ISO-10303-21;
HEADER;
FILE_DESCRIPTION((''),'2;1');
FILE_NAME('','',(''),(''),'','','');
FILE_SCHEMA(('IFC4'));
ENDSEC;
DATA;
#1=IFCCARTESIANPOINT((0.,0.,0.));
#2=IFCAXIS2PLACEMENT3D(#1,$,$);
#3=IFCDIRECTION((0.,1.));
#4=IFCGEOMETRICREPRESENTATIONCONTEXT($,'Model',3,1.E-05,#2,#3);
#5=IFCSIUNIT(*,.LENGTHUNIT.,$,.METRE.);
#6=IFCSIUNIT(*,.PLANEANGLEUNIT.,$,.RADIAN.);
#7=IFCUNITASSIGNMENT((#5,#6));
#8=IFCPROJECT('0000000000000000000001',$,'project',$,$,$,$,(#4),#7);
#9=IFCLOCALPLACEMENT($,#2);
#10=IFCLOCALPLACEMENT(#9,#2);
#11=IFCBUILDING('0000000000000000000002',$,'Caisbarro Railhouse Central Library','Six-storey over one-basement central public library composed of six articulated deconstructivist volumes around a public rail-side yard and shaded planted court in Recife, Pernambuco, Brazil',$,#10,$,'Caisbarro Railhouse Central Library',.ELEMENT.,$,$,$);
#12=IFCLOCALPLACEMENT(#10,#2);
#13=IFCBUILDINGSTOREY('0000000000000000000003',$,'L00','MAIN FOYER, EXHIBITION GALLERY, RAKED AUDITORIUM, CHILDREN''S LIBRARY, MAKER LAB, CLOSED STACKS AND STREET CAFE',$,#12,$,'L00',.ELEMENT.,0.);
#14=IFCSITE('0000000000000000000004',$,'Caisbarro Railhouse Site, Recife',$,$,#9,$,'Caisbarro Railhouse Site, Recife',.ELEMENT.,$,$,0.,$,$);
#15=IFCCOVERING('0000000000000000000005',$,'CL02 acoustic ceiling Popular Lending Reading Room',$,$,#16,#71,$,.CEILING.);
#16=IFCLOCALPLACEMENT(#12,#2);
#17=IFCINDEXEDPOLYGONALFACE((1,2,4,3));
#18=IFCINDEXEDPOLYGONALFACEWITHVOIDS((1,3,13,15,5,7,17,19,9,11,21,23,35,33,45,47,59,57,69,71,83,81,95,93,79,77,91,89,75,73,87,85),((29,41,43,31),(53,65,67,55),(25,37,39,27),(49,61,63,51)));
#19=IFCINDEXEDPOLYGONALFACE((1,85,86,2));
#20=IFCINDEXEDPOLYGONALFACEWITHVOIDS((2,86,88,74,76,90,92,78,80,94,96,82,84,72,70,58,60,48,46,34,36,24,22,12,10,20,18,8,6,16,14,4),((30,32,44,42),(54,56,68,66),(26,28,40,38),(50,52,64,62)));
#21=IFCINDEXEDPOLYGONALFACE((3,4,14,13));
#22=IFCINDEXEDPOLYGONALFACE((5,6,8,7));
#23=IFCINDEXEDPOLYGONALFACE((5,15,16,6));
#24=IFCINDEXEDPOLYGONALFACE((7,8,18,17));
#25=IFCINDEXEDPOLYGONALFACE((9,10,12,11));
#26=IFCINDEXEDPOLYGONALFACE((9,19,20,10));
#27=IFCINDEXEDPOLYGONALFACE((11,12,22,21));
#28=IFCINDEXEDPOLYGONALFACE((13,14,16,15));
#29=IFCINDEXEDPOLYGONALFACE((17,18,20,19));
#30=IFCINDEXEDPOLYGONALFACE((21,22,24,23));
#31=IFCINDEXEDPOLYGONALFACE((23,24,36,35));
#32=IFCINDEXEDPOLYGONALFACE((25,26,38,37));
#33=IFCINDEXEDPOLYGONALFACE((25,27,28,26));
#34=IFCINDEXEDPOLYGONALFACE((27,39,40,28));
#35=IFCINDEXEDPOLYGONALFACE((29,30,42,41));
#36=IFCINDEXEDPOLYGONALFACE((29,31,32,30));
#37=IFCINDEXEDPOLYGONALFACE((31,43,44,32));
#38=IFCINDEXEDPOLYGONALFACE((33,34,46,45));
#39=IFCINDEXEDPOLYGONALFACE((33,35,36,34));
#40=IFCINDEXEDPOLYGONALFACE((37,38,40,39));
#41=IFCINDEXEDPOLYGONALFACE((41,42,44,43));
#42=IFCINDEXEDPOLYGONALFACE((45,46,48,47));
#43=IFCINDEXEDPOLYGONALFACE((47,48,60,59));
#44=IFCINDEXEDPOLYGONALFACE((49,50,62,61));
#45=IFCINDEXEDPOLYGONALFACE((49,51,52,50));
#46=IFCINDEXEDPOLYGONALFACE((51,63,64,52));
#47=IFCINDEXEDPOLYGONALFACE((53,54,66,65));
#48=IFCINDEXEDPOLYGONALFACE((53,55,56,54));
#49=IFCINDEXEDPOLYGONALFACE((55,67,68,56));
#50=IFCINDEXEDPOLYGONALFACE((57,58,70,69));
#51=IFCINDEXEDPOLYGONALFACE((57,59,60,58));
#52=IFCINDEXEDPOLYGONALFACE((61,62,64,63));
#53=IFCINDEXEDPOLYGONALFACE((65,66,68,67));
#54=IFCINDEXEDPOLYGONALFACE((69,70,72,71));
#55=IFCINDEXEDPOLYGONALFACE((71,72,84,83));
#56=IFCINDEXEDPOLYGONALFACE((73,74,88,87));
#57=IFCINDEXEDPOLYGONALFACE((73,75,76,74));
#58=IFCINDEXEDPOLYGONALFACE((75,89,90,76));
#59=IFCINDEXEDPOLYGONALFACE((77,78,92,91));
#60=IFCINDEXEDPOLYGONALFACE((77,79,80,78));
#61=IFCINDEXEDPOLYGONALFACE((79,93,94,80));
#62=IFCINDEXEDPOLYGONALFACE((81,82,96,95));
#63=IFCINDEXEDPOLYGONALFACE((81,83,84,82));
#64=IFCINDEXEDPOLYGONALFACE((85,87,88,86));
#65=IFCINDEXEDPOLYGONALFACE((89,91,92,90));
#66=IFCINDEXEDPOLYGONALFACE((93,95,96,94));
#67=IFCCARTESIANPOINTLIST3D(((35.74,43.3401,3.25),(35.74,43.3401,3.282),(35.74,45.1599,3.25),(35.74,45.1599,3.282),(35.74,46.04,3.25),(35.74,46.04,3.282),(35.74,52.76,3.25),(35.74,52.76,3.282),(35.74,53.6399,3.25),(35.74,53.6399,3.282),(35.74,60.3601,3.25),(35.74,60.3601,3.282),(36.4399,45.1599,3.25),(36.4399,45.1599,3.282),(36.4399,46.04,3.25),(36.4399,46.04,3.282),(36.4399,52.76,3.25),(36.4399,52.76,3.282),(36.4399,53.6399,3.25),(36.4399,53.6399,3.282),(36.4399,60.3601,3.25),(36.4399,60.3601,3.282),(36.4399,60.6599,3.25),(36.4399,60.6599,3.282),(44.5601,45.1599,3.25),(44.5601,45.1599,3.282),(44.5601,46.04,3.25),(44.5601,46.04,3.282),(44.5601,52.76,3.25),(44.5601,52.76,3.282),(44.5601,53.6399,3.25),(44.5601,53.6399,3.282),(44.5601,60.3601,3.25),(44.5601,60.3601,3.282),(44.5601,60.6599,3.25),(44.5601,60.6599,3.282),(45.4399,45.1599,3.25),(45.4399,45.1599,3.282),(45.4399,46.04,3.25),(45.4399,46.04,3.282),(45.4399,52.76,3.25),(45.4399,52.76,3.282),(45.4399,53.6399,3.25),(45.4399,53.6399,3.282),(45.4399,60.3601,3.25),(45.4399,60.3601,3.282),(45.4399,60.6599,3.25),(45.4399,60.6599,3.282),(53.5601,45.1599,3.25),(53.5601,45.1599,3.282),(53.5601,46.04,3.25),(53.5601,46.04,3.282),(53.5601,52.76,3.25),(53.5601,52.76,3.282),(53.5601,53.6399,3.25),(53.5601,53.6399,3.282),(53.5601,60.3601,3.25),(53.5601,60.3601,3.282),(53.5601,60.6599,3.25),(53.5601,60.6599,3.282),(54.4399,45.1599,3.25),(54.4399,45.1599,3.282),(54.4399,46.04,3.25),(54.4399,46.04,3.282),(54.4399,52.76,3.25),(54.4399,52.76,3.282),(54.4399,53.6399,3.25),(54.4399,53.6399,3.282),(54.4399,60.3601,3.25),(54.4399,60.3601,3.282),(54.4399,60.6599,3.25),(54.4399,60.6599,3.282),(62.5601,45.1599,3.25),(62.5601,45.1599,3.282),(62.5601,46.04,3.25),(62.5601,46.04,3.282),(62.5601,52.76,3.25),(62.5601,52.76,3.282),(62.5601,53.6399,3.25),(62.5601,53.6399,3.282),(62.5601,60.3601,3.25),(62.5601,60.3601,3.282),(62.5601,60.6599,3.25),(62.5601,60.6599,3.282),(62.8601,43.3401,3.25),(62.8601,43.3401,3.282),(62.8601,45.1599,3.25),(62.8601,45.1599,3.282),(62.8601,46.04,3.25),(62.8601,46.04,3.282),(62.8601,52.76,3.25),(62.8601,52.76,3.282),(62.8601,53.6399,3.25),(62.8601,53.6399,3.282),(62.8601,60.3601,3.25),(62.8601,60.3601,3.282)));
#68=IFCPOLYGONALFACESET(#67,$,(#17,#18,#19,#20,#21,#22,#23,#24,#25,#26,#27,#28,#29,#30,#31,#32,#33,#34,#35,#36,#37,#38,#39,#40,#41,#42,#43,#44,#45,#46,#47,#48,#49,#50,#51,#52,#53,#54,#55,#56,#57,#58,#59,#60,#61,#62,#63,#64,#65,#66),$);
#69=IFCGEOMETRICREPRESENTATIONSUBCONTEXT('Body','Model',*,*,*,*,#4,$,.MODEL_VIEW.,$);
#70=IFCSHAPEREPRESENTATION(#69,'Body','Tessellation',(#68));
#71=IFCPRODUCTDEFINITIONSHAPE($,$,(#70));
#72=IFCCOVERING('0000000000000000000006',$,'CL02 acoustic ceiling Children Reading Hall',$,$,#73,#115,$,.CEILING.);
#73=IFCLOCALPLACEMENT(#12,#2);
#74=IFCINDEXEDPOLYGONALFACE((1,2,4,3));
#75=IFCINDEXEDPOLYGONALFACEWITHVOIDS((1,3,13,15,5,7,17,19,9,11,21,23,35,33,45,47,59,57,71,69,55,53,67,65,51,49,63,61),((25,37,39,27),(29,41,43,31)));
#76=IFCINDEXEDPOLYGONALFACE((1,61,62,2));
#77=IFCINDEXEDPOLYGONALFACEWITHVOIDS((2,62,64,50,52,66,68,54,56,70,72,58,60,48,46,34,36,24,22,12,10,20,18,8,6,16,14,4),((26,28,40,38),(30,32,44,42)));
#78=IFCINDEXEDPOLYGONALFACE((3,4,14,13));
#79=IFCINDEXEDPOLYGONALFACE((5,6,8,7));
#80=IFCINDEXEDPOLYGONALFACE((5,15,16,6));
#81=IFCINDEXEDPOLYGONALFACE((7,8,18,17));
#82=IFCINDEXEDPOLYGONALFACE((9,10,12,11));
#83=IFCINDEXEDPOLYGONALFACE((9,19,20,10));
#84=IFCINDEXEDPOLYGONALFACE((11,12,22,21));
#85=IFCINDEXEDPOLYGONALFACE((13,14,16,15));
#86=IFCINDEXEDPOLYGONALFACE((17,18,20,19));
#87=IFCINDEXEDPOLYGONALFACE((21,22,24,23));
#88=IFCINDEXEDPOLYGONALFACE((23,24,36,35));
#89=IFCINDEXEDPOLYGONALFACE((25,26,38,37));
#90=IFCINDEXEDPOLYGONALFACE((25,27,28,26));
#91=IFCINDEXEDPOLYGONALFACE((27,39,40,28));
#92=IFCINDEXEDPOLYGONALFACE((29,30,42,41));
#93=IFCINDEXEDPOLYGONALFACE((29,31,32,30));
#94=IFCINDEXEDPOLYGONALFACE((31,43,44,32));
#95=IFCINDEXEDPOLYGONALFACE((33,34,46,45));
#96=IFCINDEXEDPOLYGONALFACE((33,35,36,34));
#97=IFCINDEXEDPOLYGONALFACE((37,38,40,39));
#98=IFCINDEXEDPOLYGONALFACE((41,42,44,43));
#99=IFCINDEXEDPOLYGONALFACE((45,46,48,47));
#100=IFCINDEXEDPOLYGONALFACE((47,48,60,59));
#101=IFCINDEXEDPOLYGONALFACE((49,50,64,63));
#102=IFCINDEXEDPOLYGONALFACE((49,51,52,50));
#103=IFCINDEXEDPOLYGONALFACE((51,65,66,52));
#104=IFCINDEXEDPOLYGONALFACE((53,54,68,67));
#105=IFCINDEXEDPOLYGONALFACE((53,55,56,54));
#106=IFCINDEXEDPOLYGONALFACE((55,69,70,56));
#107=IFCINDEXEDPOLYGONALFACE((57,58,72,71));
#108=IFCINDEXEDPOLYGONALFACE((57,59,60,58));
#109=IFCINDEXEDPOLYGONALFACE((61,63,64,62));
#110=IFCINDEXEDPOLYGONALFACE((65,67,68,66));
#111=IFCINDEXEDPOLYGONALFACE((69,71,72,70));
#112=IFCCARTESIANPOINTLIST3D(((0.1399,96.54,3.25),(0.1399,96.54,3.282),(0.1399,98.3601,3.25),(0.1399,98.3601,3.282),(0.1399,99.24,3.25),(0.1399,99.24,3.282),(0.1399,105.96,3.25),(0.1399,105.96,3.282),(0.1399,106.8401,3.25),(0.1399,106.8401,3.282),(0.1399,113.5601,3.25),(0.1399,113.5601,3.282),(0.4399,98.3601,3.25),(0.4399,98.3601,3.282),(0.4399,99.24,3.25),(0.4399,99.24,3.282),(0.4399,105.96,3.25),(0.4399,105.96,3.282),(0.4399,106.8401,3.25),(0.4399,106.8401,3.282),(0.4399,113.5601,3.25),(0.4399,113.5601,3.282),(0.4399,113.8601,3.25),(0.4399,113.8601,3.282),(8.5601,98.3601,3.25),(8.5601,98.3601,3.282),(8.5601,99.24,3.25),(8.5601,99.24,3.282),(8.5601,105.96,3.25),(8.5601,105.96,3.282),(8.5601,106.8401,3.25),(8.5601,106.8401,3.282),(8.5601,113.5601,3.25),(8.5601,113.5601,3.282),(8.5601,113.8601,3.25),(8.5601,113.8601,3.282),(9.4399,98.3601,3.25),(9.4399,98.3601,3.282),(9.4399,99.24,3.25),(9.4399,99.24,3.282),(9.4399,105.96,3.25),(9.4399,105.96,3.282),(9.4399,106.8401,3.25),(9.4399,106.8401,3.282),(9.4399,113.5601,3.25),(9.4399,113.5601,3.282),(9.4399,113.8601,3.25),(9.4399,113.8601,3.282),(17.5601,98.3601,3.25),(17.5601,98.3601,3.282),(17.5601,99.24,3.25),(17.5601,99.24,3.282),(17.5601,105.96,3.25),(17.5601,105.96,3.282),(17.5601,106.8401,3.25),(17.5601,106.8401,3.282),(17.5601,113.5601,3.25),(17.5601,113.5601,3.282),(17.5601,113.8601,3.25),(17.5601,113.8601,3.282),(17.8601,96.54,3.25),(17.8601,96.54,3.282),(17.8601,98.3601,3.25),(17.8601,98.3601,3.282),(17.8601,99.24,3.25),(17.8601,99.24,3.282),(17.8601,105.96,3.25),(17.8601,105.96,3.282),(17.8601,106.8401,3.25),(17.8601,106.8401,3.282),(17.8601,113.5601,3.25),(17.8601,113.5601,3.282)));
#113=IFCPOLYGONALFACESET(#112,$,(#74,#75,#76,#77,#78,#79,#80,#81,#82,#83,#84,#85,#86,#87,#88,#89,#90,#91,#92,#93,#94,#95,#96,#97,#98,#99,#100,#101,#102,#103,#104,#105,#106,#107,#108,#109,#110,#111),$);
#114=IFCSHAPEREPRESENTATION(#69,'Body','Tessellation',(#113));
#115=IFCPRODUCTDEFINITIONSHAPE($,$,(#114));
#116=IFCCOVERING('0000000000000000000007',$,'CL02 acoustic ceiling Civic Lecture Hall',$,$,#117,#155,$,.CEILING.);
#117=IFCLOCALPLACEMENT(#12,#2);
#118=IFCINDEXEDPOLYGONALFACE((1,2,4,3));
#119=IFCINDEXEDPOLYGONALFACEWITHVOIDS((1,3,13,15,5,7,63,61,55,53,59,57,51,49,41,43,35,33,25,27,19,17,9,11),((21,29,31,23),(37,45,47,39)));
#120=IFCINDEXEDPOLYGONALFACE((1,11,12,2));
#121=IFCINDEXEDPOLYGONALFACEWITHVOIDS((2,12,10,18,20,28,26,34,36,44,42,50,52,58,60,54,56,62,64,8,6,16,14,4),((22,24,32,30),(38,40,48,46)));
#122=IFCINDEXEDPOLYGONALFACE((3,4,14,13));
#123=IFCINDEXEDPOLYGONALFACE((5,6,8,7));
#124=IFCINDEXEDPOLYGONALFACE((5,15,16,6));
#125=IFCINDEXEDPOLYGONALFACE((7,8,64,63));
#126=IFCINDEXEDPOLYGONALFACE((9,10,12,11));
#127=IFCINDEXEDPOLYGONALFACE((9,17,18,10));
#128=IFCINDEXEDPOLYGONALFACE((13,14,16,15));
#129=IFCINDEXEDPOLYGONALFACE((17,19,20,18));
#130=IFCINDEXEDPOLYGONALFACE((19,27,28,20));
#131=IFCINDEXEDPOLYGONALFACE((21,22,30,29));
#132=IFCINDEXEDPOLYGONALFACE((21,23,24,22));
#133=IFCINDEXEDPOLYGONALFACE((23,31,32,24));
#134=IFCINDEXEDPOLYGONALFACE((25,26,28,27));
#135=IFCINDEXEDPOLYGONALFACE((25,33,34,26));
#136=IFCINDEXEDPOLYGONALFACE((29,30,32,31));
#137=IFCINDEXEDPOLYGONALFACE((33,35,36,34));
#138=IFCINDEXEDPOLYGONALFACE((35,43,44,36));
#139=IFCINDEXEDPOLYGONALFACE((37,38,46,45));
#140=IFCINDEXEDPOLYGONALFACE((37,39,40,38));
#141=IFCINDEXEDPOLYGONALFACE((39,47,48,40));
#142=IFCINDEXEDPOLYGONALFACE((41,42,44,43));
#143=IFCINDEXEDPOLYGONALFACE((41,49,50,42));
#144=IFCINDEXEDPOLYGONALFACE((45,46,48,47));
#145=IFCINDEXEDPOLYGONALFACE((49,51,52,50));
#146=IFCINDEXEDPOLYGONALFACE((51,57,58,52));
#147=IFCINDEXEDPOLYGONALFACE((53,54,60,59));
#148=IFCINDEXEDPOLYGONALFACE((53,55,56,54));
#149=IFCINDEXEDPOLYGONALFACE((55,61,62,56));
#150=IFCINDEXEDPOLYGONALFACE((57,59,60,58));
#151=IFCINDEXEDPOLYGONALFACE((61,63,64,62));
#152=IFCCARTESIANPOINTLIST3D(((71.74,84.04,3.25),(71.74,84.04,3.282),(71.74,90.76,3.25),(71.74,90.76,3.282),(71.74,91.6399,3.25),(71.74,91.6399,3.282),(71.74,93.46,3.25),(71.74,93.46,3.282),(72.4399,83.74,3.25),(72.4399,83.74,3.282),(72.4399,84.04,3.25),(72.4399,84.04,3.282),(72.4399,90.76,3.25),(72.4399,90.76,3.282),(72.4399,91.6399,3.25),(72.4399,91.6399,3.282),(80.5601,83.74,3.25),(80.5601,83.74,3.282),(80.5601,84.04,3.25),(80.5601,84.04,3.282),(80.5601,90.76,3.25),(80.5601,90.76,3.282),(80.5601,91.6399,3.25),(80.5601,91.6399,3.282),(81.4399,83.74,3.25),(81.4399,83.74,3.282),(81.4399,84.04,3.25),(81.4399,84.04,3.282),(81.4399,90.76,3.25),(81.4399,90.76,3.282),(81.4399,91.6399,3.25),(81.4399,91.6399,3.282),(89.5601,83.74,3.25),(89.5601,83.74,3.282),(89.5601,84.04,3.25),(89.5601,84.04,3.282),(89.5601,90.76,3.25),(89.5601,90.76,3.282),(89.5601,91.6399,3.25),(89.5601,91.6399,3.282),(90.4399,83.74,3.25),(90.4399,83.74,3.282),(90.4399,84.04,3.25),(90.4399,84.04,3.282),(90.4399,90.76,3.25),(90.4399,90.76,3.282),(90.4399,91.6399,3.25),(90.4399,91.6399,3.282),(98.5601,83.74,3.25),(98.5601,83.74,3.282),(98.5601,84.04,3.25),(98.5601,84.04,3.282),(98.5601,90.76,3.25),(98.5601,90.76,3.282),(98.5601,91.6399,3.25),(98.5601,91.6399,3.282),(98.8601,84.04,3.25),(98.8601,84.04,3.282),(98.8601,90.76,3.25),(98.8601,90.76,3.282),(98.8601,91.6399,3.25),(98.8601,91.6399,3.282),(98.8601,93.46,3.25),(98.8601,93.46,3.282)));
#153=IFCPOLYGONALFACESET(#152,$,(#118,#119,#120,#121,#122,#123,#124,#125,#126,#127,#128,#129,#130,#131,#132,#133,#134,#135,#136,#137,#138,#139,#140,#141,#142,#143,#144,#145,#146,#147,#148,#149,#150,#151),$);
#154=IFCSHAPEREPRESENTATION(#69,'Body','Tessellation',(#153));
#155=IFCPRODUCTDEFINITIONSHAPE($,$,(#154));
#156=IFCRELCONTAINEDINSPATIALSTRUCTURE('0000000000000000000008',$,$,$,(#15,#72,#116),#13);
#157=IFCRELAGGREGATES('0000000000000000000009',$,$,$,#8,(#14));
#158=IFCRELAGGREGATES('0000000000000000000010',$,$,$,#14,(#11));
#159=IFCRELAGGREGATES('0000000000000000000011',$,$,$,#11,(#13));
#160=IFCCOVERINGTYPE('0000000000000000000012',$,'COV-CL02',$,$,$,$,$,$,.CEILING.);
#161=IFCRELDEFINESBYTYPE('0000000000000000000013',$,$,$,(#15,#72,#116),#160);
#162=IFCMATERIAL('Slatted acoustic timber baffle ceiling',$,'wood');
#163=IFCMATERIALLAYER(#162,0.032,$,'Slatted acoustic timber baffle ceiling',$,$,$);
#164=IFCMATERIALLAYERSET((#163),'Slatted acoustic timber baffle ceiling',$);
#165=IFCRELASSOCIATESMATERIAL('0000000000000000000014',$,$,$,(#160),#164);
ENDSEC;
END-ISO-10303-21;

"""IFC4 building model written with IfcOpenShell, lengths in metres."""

from ifc_helpers import new_model, si_unit, direction, frame, origin, place, context, subcontext, project, spatial, polyline, outline, extrude, material, layer, layer_set, type_object, element, save


model = new_model("IFC4")

# Units and contexts
model_context = context("Model", 3, precision=1e-05, world=origin(), true_north=direction((0.0, 1.0)))
body_context = subcontext(model_context, "Body", "Model", "MODEL_VIEW")
ifc_project = project(units=[si_unit("LENGTHUNIT", "METRE"), si_unit("PLANEANGLEUNIT", "RADIAN")], contexts=[model_context])

# Site, building, storey
site_placement = place(None, origin())
site = spatial("IfcSite", under=ifc_project, at=site_placement, Name="Caisbarro Railhouse Site, Recife", LongName="Caisbarro Railhouse Site, Recife", CompositionType="ELEMENT", RefElevation=0.0)
building_placement = place(site_placement, origin())
building = spatial("IfcBuilding", under=site, at=building_placement, Name="Caisbarro Railhouse Central Library", Description="Six-storey over one-basement central public library composed of six articulated deconstructivist volumes around a public rail-side yard and shaded planted court in Recife, Pernambuco, Brazil", LongName="Caisbarro Railhouse Central Library", CompositionType="ELEMENT")
storey_placement = place(building_placement, origin())
storey = spatial("IfcBuildingStorey", under=building, at=storey_placement, Name="L00", Description="MAIN FOYER, EXHIBITION GALLERY, RAKED AUDITORIUM, CHILDREN'S LIBRARY, MAKER LAB, CLOSED STACKS AND STREET CAFE", LongName="L00", CompositionType="ELEMENT", Elevation=0.0)

# Coverings
ifc_material_1 = material(Name="Slatted acoustic timber baffle ceiling", Category="wood")
ifc_layer_1 = layer(ifc_material_1, 0.032, Name="Slatted acoustic timber baffle ceiling")
ifc_layer_set_1 = layer_set([ifc_layer_1], Name="Slatted acoustic timber baffle ceiling")
covering_type_1 = type_object("IfcCoveringType", Name="COV-CL02", PredefinedType="CEILING", material=ifc_layer_set_1)
covering_1_placement = place(storey_placement, frame((0.0, 0.0, 3.25)))
element("IfcCovering", 1, at=covering_1_placement, inside=storey, type_object=covering_type_1, Name="CL02 acoustic ceiling Popular Lending Reading Room", PredefinedType="CEILING", context=body_context, shape_type="SweptSolid", body=[
    extrude(outline(polyline([(44.5601, 60.6599), (44.5601, 60.3601), (45.4399, 60.3601), (45.4399, 60.6599), (53.5601, 60.6599), (53.5601, 60.3601), (54.4399, 60.3601), (54.4399, 60.6599), (62.5601, 60.6599), (62.5601, 60.3601), (62.8601, 60.3601), (62.8601, 53.6399), (62.5601, 53.6399), (62.5601, 52.76), (62.8601, 52.76), (62.8601, 46.04), (62.5601, 46.04), (62.5601, 45.1599), (62.8601, 45.1599), (62.8601, 43.3401), (35.74, 43.3401), (35.74, 45.1599), (36.4399, 45.1599), (36.4399, 46.04), (35.74, 46.04), (35.74, 52.76), (36.4399, 52.76), (36.4399, 53.6399), (35.74, 53.6399), (35.74, 60.3601), (36.4399, 60.3601), (36.4399, 60.6599), (44.5601, 60.6599)]), holes=[polyline([(45.4399, 46.04), (44.5601, 46.04), (44.5601, 45.1599), (45.4399, 45.1599), (45.4399, 46.04)]), polyline([(45.4399, 52.76), (45.4399, 53.6399), (44.5601, 53.6399), (44.5601, 52.76), (45.4399, 52.76)]), polyline([(53.5601, 46.04), (53.5601, 45.1599), (54.4399, 45.1599), (54.4399, 46.04), (53.5601, 46.04)]), polyline([(54.4399, 53.6399), (53.5601, 53.6399), (53.5601, 52.76), (54.4399, 52.76), (54.4399, 53.6399)])]), origin(), (0.0, 0.0, 1.0), 0.032),
])
covering_2_placement = place(storey_placement, frame((0.0, 0.0, 3.25)))
element("IfcCovering", 2, at=covering_2_placement, inside=storey, type_object=covering_type_1, Name="CL02 acoustic ceiling Children Reading Hall", PredefinedType="CEILING", context=body_context, shape_type="SweptSolid", body=[
    extrude(outline(polyline([(0.1399, 113.5601), (0.4399, 113.5601), (0.4399, 113.8601), (8.5601, 113.8601), (8.5601, 113.5601), (9.4399, 113.5601), (9.4399, 113.8601), (17.5601, 113.8601), (17.5601, 113.5601), (17.8601, 113.5601), (17.8601, 106.8401), (17.5601, 106.8401), (17.5601, 105.96), (17.8601, 105.96), (17.8601, 99.24), (17.5601, 99.24), (17.5601, 98.3601), (17.8601, 98.3601), (17.8601, 96.54), (0.1399, 96.54), (0.1399, 98.3601), (0.4399, 98.3601), (0.4399, 99.24), (0.1399, 99.24), (0.1399, 105.96), (0.4399, 105.96), (0.4399, 106.8401), (0.1399, 106.8401), (0.1399, 113.5601)]), holes=[polyline([(8.5601, 99.24), (8.5601, 98.3601), (9.4399, 98.3601), (9.4399, 99.24), (8.5601, 99.24)]), polyline([(9.4399, 106.8401), (8.5601, 106.8401), (8.5601, 105.96), (9.4399, 105.96), (9.4399, 106.8401)])]), origin(), (0.0, 0.0, 1.0), 0.032),
])
covering_3_placement = place(storey_placement, frame((0.0, 0.0, 3.25)))
element("IfcCovering", 3, at=covering_3_placement, inside=storey, type_object=covering_type_1, Name="CL02 acoustic ceiling Civic Lecture Hall", PredefinedType="CEILING", context=body_context, shape_type="SweptSolid", body=[
    extrude(outline(polyline([(72.4399, 83.74), (72.4399, 84.04), (71.74, 84.04), (71.74, 90.76), (72.4399, 90.76), (72.4399, 91.6399), (71.74, 91.6399), (71.74, 93.46), (98.8601, 93.46), (98.8601, 91.6399), (98.5601, 91.6399), (98.5601, 90.76), (98.8601, 90.76), (98.8601, 84.04), (98.5601, 84.04), (98.5601, 83.74), (90.4399, 83.74), (90.4399, 84.04), (89.5601, 84.04), (89.5601, 83.74), (81.4399, 83.74), (81.4399, 84.04), (80.5601, 84.04), (80.5601, 83.74), (72.4399, 83.74)]), holes=[polyline([(81.4399, 91.6399), (80.5601, 91.6399), (80.5601, 90.76), (81.4399, 90.76), (81.4399, 91.6399)]), polyline([(89.5601, 90.76), (90.4399, 90.76), (90.4399, 91.6399), (89.5601, 91.6399), (89.5601, 90.76)])]), origin(), (0.0, 0.0, 1.0), 0.032),
])

save(model, "model.ifc")
